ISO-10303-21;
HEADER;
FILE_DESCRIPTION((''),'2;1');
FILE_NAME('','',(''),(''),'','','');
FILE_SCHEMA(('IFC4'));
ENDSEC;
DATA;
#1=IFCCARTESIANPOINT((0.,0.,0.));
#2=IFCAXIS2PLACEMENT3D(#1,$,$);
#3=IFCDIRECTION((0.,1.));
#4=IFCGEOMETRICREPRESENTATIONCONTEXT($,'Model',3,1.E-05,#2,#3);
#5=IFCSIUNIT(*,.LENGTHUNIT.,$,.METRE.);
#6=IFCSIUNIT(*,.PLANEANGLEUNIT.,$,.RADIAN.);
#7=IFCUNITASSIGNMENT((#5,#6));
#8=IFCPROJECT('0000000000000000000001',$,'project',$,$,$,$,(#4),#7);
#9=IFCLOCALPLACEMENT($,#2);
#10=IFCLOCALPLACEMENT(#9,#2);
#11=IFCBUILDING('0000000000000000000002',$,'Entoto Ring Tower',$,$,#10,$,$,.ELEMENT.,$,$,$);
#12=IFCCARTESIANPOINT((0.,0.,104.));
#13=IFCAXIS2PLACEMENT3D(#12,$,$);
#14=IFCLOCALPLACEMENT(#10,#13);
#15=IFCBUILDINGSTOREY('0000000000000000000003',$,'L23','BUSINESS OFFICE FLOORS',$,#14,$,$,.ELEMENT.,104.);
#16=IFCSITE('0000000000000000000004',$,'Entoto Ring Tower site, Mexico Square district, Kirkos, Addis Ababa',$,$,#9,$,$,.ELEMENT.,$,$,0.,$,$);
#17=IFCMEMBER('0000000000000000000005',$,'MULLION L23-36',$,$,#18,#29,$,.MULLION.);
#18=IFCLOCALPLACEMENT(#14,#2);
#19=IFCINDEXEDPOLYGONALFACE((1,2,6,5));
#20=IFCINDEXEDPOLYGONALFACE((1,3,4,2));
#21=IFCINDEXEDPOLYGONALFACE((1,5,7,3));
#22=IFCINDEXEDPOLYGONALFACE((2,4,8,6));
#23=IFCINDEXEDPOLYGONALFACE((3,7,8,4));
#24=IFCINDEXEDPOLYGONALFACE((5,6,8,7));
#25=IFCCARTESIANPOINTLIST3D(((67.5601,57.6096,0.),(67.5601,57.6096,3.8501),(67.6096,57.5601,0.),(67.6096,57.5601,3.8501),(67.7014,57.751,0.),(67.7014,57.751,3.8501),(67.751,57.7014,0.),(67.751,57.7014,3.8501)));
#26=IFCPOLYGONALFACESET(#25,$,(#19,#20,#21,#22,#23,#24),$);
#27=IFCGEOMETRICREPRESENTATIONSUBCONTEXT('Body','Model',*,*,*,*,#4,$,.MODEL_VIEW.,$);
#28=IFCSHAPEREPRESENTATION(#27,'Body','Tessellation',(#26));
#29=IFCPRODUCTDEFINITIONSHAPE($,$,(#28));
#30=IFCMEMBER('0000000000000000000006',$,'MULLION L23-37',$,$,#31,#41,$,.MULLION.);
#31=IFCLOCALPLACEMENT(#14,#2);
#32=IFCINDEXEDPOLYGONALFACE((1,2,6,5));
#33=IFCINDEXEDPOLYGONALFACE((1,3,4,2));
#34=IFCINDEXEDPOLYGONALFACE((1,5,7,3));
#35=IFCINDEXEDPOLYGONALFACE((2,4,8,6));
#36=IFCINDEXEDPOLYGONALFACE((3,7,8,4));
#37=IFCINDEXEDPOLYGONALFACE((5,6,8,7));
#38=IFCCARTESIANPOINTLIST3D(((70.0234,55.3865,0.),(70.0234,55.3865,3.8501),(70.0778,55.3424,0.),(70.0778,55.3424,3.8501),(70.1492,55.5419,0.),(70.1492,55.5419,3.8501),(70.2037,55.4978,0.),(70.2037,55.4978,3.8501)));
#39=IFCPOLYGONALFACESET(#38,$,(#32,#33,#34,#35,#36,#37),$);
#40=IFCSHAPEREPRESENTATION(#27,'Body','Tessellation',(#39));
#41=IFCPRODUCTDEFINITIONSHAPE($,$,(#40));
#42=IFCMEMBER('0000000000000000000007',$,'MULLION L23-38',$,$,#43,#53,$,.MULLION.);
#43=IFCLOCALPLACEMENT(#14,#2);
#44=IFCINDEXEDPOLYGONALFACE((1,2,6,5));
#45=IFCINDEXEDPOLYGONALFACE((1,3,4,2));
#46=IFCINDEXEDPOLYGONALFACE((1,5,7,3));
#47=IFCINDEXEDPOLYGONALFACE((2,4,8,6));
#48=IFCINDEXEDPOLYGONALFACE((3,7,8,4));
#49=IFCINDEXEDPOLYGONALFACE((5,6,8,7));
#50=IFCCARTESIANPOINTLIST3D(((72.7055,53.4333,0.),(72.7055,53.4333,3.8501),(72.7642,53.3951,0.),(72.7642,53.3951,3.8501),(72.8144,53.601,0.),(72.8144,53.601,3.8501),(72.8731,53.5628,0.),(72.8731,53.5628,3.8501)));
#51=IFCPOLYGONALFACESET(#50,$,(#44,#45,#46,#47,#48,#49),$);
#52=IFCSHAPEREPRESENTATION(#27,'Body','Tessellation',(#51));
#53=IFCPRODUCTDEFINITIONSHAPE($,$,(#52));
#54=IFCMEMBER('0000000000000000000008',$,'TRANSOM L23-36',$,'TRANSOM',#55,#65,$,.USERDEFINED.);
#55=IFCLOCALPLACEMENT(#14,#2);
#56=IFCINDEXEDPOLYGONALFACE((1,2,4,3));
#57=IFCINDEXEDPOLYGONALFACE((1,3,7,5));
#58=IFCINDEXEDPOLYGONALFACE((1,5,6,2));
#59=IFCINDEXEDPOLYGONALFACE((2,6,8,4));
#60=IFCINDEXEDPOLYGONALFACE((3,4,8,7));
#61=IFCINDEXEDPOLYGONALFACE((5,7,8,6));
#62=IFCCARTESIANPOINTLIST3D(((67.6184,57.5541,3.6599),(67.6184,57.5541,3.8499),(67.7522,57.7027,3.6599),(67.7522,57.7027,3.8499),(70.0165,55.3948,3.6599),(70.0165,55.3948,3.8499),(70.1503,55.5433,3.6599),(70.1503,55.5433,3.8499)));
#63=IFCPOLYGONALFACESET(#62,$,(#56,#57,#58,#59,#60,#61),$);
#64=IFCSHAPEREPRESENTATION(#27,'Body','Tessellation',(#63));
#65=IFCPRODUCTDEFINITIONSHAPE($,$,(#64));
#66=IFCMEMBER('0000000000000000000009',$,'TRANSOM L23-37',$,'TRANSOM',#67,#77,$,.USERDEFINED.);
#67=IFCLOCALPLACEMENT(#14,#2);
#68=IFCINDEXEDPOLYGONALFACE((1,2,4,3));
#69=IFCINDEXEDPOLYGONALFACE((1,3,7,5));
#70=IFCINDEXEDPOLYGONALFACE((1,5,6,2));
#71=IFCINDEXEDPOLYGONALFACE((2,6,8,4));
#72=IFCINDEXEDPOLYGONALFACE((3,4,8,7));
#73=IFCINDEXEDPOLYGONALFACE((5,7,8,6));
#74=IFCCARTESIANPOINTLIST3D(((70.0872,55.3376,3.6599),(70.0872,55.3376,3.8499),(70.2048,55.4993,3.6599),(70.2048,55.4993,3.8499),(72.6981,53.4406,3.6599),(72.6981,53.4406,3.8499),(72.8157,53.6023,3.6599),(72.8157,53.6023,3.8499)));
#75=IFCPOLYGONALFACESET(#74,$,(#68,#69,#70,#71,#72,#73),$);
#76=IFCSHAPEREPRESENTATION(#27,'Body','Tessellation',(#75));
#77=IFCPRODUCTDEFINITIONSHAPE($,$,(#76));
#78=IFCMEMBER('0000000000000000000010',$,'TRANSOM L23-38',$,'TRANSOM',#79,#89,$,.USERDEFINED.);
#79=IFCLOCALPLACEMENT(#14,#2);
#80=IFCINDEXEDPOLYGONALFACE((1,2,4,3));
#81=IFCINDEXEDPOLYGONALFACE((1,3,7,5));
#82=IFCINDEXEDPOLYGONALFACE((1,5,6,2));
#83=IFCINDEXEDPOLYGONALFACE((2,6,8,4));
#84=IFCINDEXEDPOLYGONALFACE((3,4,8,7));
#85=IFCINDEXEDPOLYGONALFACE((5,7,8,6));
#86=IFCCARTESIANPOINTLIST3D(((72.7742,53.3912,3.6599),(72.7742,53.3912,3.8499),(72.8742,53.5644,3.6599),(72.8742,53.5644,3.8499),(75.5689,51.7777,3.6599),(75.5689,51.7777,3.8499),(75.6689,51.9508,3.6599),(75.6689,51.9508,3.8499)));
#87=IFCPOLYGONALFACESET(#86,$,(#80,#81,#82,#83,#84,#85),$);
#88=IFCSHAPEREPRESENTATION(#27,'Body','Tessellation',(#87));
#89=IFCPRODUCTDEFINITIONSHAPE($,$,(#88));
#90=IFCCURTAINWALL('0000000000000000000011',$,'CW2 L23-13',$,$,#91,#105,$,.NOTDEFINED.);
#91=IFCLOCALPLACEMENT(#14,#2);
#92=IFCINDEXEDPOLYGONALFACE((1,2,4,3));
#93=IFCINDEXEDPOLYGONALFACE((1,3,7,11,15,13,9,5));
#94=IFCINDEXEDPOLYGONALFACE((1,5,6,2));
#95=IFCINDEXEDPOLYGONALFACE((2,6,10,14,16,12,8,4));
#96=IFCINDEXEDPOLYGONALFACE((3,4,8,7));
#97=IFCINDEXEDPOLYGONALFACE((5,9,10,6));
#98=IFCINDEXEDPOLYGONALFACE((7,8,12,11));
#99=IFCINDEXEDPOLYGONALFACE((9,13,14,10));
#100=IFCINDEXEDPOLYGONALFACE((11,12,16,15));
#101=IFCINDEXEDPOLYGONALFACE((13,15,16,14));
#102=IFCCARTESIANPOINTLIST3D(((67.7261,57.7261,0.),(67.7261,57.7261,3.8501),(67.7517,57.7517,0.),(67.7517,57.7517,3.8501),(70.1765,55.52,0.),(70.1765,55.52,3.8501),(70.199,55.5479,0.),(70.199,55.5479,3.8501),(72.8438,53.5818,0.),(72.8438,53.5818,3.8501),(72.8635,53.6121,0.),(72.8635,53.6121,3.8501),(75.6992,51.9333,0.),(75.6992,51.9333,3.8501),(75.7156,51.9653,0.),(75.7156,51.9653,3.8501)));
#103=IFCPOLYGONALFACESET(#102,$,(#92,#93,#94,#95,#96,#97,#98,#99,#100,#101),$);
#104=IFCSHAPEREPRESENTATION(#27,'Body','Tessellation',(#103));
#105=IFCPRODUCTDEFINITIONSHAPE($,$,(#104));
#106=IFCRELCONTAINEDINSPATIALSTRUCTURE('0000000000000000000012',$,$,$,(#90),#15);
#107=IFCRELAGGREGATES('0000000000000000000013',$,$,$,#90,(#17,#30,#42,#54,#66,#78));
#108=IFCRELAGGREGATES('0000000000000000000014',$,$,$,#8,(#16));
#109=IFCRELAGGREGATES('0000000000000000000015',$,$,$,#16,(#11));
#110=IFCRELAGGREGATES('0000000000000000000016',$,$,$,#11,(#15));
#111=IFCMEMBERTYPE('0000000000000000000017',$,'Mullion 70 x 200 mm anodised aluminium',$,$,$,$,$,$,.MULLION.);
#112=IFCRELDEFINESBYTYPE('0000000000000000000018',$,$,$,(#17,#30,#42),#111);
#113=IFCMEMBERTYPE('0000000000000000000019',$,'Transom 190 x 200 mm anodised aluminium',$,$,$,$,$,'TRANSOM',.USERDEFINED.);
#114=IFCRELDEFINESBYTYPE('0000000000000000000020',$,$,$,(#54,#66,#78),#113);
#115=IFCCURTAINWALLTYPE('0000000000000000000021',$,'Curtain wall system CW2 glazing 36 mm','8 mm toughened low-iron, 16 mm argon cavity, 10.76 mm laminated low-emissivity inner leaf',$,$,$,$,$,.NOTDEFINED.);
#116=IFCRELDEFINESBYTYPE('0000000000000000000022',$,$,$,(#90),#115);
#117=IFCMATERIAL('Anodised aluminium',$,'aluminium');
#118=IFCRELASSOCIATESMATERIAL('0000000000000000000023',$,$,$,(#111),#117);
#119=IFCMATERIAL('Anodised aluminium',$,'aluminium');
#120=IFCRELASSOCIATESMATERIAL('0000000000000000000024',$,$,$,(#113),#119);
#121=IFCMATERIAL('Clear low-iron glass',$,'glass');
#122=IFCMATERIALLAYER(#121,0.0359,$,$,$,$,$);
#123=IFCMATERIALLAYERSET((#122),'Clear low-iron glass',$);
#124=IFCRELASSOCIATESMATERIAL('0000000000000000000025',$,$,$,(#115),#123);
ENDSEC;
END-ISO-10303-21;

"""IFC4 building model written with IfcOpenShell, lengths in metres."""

from ifc_helpers import new_model, si_unit, direction, frame, origin, origin_2d, place, context, subcontext, project, spatial, polyline, rectangle, outline, extrude, material, layer, layer_set, material_profile, profile_set, type_object, element, aggregate, save


model = new_model("IFC4")

# Units and contexts
model_context = context("Model", 3, precision=1e-05, world=origin(), true_north=direction((0.0, 1.0)))
body_context = subcontext(model_context, "Body", "Model", "MODEL_VIEW")
ifc_project = project(units=[si_unit("LENGTHUNIT", "METRE"), si_unit("PLANEANGLEUNIT", "RADIAN")], contexts=[model_context])

# Members
ifc_material_1 = material(Name="Anodised aluminium", Category="aluminium")
ifc_material_profile_1 = material_profile(ifc_material_1, rectangle(XDim=0.0701, YDim=0.2, at=origin_2d()), Name="Mullion 70 x 200 mm anodised aluminium")
ifc_profile_set_1 = profile_set([ifc_material_profile_1], Name="Anodised aluminium")
member_type_1 = type_object("IfcMemberType", Name="Mullion 70 x 200 mm anodised aluminium", PredefinedType="MULLION", material=ifc_profile_set_1)
site_placement = place(None, origin())
building_placement = place(site_placement, origin())
storey_placement = place(building_placement, frame((0.0, 0.0, 104.0)))
member_1_placement = place(storey_placement, frame((67.6555, 57.6555, 0.0), z_axis=(0.0, 0.0, 1.0), x_axis=(0.707107, -0.707107, 0.0)))
member_1 = element("IfcMember", 1, at=member_1_placement, type_object=member_type_1, Name="MULLION L23-36", PredefinedType="MULLION", context=body_context, shape_type="SweptSolid", body=[
    extrude(rectangle(XDim=0.0701, YDim=0.2, at=origin_2d()), origin(), (0.0, 0.0, 1.0), 3.8501),
])
member_2_placement = place(storey_placement, frame((70.1135, 55.4421, 0.0), z_axis=(0.0, 0.0, 1.0), x_axis=(0.777146, -0.62932, 0.0)))
member_2 = element("IfcMember", 2, at=member_2_placement, type_object=member_type_1, Name="MULLION L23-37", PredefinedType="MULLION", context=body_context, shape_type="SweptSolid", body=[
    extrude(rectangle(XDim=0.0701, YDim=0.2, at=origin_2d()), origin(), (0.0, 0.0, 1.0), 3.8501),
])
member_3_placement = place(storey_placement, frame((72.7893, 53.498, 0.0), z_axis=(0.0, 0.0, 1.0), x_axis=(0.838671, -0.544639, 0.0)))
member_3 = element("IfcMember", 3, at=member_3_placement, type_object=member_type_1, Name="MULLION L23-38", PredefinedType="MULLION", context=body_context, shape_type="SweptSolid", body=[
    extrude(rectangle(XDim=0.0701, YDim=0.2, at=origin_2d()), origin(), (0.0, 0.0, 1.0), 3.8501),
])
ifc_material_2 = material(Name="Anodised aluminium", Category="aluminium")
ifc_material_profile_2 = material_profile(ifc_material_2, rectangle(XDim=0.2, YDim=0.1899, at=origin_2d()), Name="Transom 190 x 200 mm anodised aluminium")
ifc_profile_set_2 = profile_set([ifc_material_profile_2], Name="Anodised aluminium")
member_type_2 = type_object("IfcMemberType", Name="Transom 190 x 200 mm anodised aluminium", ElementType="TRANSOM", PredefinedType="USERDEFINED", material=ifc_profile_set_2)
member_4_placement = place(storey_placement, frame((67.6853, 57.6284, 3.7549), z_axis=(0.743132, -0.669144, 0.0), x_axis=(0.669144, 0.743132, 0.0)))
member_4 = element("IfcMember", 4, at=member_4_placement, type_object=member_type_2, Name="TRANSOM L23-36", ObjectType="TRANSOM", PredefinedType="USERDEFINED", context=body_context, shape_type="SweptSolid", body=[
    extrude(rectangle(XDim=0.2, YDim=0.1899, at=origin_2d()), origin(), (0.0, 0.0, 1.0), 3.2271),
])
member_5_placement = place(storey_placement, frame((70.146, 55.4185, 3.7549), z_axis=(0.809004, -0.587803, 0.0), x_axis=(0.587803, 0.809004, 0.0)))
member_5 = element("IfcMember", 5, at=member_5_placement, type_object=member_type_2, Name="TRANSOM L23-37", ObjectType="TRANSOM", PredefinedType="USERDEFINED", context=body_context, shape_type="SweptSolid", body=[
    extrude(rectangle(XDim=0.2, YDim=0.1899, at=origin_2d()), origin(), (0.0, 0.0, 1.0), 3.2273),
])
member_6_placement = place(storey_placement, frame((72.8242, 53.4778, 3.7549), z_axis=(0.866023, -0.500004, 0.0), x_axis=(0.500004, 0.866023, 0.0)))
member_6 = element("IfcMember", 6, at=member_6_placement, type_object=member_type_2, Name="TRANSOM L23-38", ObjectType="TRANSOM", PredefinedType="USERDEFINED", context=body_context, shape_type="SweptSolid", body=[
    extrude(rectangle(XDim=0.2, YDim=0.1899, at=origin_2d()), origin(), (0.0, 0.0, 1.0), 3.2271),
])

# Site, building, storey
site = spatial("IfcSite", under=ifc_project, at=site_placement, Name="Entoto Ring Tower site, Mexico Square district, Kirkos, Addis Ababa", CompositionType="ELEMENT", RefElevation=0.0)
building = spatial("IfcBuilding", under=site, at=building_placement, Name="Entoto Ring Tower", CompositionType="ELEMENT")
storey = spatial("IfcBuildingStorey", under=building, at=storey_placement, Name="L23", Description="BUSINESS OFFICE FLOORS", CompositionType="ELEMENT", Elevation=104.0)

# Curtain wall
ifc_material_3 = material(Name="Clear low-iron glass", Category="glass")
ifc_layer = layer(ifc_material_3, 0.0359)
ifc_layer_set = layer_set([ifc_layer], Name="Clear low-iron glass")
curtain_wall_type = type_object("IfcCurtainWallType", Name="Curtain wall system CW2 glazing 36 mm", Description="8 mm toughened low-iron, 16 mm argon cavity, 10.76 mm laminated low-emissivity inner leaf", PredefinedType="NOTDEFINED", material=ifc_layer_set)
curtain_wall_1_placement = place(storey_placement, origin())
curtain_wall_1 = element("IfcCurtainWall", 7, at=curtain_wall_1_placement, inside=storey, type_object=curtain_wall_type, Name="CW2 L23-13", PredefinedType="NOTDEFINED", context=body_context, shape_type="SweptSolid", body=[
    extrude(outline(polyline([(67.7261, 57.7261), (70.1765, 55.52), (72.8438, 53.5818), (75.6992, 51.9333), (75.7156, 51.9653), (72.8635, 53.6121), (70.199, 55.5479), (67.7517, 57.7517), (67.7261, 57.7261)])), origin(), (0.0, 0.0, 1.0), 3.8501),
])
aggregate(curtain_wall_1, [member_1, member_2, member_3, member_4, member_5, member_6])

save(model, "model.ifc")
